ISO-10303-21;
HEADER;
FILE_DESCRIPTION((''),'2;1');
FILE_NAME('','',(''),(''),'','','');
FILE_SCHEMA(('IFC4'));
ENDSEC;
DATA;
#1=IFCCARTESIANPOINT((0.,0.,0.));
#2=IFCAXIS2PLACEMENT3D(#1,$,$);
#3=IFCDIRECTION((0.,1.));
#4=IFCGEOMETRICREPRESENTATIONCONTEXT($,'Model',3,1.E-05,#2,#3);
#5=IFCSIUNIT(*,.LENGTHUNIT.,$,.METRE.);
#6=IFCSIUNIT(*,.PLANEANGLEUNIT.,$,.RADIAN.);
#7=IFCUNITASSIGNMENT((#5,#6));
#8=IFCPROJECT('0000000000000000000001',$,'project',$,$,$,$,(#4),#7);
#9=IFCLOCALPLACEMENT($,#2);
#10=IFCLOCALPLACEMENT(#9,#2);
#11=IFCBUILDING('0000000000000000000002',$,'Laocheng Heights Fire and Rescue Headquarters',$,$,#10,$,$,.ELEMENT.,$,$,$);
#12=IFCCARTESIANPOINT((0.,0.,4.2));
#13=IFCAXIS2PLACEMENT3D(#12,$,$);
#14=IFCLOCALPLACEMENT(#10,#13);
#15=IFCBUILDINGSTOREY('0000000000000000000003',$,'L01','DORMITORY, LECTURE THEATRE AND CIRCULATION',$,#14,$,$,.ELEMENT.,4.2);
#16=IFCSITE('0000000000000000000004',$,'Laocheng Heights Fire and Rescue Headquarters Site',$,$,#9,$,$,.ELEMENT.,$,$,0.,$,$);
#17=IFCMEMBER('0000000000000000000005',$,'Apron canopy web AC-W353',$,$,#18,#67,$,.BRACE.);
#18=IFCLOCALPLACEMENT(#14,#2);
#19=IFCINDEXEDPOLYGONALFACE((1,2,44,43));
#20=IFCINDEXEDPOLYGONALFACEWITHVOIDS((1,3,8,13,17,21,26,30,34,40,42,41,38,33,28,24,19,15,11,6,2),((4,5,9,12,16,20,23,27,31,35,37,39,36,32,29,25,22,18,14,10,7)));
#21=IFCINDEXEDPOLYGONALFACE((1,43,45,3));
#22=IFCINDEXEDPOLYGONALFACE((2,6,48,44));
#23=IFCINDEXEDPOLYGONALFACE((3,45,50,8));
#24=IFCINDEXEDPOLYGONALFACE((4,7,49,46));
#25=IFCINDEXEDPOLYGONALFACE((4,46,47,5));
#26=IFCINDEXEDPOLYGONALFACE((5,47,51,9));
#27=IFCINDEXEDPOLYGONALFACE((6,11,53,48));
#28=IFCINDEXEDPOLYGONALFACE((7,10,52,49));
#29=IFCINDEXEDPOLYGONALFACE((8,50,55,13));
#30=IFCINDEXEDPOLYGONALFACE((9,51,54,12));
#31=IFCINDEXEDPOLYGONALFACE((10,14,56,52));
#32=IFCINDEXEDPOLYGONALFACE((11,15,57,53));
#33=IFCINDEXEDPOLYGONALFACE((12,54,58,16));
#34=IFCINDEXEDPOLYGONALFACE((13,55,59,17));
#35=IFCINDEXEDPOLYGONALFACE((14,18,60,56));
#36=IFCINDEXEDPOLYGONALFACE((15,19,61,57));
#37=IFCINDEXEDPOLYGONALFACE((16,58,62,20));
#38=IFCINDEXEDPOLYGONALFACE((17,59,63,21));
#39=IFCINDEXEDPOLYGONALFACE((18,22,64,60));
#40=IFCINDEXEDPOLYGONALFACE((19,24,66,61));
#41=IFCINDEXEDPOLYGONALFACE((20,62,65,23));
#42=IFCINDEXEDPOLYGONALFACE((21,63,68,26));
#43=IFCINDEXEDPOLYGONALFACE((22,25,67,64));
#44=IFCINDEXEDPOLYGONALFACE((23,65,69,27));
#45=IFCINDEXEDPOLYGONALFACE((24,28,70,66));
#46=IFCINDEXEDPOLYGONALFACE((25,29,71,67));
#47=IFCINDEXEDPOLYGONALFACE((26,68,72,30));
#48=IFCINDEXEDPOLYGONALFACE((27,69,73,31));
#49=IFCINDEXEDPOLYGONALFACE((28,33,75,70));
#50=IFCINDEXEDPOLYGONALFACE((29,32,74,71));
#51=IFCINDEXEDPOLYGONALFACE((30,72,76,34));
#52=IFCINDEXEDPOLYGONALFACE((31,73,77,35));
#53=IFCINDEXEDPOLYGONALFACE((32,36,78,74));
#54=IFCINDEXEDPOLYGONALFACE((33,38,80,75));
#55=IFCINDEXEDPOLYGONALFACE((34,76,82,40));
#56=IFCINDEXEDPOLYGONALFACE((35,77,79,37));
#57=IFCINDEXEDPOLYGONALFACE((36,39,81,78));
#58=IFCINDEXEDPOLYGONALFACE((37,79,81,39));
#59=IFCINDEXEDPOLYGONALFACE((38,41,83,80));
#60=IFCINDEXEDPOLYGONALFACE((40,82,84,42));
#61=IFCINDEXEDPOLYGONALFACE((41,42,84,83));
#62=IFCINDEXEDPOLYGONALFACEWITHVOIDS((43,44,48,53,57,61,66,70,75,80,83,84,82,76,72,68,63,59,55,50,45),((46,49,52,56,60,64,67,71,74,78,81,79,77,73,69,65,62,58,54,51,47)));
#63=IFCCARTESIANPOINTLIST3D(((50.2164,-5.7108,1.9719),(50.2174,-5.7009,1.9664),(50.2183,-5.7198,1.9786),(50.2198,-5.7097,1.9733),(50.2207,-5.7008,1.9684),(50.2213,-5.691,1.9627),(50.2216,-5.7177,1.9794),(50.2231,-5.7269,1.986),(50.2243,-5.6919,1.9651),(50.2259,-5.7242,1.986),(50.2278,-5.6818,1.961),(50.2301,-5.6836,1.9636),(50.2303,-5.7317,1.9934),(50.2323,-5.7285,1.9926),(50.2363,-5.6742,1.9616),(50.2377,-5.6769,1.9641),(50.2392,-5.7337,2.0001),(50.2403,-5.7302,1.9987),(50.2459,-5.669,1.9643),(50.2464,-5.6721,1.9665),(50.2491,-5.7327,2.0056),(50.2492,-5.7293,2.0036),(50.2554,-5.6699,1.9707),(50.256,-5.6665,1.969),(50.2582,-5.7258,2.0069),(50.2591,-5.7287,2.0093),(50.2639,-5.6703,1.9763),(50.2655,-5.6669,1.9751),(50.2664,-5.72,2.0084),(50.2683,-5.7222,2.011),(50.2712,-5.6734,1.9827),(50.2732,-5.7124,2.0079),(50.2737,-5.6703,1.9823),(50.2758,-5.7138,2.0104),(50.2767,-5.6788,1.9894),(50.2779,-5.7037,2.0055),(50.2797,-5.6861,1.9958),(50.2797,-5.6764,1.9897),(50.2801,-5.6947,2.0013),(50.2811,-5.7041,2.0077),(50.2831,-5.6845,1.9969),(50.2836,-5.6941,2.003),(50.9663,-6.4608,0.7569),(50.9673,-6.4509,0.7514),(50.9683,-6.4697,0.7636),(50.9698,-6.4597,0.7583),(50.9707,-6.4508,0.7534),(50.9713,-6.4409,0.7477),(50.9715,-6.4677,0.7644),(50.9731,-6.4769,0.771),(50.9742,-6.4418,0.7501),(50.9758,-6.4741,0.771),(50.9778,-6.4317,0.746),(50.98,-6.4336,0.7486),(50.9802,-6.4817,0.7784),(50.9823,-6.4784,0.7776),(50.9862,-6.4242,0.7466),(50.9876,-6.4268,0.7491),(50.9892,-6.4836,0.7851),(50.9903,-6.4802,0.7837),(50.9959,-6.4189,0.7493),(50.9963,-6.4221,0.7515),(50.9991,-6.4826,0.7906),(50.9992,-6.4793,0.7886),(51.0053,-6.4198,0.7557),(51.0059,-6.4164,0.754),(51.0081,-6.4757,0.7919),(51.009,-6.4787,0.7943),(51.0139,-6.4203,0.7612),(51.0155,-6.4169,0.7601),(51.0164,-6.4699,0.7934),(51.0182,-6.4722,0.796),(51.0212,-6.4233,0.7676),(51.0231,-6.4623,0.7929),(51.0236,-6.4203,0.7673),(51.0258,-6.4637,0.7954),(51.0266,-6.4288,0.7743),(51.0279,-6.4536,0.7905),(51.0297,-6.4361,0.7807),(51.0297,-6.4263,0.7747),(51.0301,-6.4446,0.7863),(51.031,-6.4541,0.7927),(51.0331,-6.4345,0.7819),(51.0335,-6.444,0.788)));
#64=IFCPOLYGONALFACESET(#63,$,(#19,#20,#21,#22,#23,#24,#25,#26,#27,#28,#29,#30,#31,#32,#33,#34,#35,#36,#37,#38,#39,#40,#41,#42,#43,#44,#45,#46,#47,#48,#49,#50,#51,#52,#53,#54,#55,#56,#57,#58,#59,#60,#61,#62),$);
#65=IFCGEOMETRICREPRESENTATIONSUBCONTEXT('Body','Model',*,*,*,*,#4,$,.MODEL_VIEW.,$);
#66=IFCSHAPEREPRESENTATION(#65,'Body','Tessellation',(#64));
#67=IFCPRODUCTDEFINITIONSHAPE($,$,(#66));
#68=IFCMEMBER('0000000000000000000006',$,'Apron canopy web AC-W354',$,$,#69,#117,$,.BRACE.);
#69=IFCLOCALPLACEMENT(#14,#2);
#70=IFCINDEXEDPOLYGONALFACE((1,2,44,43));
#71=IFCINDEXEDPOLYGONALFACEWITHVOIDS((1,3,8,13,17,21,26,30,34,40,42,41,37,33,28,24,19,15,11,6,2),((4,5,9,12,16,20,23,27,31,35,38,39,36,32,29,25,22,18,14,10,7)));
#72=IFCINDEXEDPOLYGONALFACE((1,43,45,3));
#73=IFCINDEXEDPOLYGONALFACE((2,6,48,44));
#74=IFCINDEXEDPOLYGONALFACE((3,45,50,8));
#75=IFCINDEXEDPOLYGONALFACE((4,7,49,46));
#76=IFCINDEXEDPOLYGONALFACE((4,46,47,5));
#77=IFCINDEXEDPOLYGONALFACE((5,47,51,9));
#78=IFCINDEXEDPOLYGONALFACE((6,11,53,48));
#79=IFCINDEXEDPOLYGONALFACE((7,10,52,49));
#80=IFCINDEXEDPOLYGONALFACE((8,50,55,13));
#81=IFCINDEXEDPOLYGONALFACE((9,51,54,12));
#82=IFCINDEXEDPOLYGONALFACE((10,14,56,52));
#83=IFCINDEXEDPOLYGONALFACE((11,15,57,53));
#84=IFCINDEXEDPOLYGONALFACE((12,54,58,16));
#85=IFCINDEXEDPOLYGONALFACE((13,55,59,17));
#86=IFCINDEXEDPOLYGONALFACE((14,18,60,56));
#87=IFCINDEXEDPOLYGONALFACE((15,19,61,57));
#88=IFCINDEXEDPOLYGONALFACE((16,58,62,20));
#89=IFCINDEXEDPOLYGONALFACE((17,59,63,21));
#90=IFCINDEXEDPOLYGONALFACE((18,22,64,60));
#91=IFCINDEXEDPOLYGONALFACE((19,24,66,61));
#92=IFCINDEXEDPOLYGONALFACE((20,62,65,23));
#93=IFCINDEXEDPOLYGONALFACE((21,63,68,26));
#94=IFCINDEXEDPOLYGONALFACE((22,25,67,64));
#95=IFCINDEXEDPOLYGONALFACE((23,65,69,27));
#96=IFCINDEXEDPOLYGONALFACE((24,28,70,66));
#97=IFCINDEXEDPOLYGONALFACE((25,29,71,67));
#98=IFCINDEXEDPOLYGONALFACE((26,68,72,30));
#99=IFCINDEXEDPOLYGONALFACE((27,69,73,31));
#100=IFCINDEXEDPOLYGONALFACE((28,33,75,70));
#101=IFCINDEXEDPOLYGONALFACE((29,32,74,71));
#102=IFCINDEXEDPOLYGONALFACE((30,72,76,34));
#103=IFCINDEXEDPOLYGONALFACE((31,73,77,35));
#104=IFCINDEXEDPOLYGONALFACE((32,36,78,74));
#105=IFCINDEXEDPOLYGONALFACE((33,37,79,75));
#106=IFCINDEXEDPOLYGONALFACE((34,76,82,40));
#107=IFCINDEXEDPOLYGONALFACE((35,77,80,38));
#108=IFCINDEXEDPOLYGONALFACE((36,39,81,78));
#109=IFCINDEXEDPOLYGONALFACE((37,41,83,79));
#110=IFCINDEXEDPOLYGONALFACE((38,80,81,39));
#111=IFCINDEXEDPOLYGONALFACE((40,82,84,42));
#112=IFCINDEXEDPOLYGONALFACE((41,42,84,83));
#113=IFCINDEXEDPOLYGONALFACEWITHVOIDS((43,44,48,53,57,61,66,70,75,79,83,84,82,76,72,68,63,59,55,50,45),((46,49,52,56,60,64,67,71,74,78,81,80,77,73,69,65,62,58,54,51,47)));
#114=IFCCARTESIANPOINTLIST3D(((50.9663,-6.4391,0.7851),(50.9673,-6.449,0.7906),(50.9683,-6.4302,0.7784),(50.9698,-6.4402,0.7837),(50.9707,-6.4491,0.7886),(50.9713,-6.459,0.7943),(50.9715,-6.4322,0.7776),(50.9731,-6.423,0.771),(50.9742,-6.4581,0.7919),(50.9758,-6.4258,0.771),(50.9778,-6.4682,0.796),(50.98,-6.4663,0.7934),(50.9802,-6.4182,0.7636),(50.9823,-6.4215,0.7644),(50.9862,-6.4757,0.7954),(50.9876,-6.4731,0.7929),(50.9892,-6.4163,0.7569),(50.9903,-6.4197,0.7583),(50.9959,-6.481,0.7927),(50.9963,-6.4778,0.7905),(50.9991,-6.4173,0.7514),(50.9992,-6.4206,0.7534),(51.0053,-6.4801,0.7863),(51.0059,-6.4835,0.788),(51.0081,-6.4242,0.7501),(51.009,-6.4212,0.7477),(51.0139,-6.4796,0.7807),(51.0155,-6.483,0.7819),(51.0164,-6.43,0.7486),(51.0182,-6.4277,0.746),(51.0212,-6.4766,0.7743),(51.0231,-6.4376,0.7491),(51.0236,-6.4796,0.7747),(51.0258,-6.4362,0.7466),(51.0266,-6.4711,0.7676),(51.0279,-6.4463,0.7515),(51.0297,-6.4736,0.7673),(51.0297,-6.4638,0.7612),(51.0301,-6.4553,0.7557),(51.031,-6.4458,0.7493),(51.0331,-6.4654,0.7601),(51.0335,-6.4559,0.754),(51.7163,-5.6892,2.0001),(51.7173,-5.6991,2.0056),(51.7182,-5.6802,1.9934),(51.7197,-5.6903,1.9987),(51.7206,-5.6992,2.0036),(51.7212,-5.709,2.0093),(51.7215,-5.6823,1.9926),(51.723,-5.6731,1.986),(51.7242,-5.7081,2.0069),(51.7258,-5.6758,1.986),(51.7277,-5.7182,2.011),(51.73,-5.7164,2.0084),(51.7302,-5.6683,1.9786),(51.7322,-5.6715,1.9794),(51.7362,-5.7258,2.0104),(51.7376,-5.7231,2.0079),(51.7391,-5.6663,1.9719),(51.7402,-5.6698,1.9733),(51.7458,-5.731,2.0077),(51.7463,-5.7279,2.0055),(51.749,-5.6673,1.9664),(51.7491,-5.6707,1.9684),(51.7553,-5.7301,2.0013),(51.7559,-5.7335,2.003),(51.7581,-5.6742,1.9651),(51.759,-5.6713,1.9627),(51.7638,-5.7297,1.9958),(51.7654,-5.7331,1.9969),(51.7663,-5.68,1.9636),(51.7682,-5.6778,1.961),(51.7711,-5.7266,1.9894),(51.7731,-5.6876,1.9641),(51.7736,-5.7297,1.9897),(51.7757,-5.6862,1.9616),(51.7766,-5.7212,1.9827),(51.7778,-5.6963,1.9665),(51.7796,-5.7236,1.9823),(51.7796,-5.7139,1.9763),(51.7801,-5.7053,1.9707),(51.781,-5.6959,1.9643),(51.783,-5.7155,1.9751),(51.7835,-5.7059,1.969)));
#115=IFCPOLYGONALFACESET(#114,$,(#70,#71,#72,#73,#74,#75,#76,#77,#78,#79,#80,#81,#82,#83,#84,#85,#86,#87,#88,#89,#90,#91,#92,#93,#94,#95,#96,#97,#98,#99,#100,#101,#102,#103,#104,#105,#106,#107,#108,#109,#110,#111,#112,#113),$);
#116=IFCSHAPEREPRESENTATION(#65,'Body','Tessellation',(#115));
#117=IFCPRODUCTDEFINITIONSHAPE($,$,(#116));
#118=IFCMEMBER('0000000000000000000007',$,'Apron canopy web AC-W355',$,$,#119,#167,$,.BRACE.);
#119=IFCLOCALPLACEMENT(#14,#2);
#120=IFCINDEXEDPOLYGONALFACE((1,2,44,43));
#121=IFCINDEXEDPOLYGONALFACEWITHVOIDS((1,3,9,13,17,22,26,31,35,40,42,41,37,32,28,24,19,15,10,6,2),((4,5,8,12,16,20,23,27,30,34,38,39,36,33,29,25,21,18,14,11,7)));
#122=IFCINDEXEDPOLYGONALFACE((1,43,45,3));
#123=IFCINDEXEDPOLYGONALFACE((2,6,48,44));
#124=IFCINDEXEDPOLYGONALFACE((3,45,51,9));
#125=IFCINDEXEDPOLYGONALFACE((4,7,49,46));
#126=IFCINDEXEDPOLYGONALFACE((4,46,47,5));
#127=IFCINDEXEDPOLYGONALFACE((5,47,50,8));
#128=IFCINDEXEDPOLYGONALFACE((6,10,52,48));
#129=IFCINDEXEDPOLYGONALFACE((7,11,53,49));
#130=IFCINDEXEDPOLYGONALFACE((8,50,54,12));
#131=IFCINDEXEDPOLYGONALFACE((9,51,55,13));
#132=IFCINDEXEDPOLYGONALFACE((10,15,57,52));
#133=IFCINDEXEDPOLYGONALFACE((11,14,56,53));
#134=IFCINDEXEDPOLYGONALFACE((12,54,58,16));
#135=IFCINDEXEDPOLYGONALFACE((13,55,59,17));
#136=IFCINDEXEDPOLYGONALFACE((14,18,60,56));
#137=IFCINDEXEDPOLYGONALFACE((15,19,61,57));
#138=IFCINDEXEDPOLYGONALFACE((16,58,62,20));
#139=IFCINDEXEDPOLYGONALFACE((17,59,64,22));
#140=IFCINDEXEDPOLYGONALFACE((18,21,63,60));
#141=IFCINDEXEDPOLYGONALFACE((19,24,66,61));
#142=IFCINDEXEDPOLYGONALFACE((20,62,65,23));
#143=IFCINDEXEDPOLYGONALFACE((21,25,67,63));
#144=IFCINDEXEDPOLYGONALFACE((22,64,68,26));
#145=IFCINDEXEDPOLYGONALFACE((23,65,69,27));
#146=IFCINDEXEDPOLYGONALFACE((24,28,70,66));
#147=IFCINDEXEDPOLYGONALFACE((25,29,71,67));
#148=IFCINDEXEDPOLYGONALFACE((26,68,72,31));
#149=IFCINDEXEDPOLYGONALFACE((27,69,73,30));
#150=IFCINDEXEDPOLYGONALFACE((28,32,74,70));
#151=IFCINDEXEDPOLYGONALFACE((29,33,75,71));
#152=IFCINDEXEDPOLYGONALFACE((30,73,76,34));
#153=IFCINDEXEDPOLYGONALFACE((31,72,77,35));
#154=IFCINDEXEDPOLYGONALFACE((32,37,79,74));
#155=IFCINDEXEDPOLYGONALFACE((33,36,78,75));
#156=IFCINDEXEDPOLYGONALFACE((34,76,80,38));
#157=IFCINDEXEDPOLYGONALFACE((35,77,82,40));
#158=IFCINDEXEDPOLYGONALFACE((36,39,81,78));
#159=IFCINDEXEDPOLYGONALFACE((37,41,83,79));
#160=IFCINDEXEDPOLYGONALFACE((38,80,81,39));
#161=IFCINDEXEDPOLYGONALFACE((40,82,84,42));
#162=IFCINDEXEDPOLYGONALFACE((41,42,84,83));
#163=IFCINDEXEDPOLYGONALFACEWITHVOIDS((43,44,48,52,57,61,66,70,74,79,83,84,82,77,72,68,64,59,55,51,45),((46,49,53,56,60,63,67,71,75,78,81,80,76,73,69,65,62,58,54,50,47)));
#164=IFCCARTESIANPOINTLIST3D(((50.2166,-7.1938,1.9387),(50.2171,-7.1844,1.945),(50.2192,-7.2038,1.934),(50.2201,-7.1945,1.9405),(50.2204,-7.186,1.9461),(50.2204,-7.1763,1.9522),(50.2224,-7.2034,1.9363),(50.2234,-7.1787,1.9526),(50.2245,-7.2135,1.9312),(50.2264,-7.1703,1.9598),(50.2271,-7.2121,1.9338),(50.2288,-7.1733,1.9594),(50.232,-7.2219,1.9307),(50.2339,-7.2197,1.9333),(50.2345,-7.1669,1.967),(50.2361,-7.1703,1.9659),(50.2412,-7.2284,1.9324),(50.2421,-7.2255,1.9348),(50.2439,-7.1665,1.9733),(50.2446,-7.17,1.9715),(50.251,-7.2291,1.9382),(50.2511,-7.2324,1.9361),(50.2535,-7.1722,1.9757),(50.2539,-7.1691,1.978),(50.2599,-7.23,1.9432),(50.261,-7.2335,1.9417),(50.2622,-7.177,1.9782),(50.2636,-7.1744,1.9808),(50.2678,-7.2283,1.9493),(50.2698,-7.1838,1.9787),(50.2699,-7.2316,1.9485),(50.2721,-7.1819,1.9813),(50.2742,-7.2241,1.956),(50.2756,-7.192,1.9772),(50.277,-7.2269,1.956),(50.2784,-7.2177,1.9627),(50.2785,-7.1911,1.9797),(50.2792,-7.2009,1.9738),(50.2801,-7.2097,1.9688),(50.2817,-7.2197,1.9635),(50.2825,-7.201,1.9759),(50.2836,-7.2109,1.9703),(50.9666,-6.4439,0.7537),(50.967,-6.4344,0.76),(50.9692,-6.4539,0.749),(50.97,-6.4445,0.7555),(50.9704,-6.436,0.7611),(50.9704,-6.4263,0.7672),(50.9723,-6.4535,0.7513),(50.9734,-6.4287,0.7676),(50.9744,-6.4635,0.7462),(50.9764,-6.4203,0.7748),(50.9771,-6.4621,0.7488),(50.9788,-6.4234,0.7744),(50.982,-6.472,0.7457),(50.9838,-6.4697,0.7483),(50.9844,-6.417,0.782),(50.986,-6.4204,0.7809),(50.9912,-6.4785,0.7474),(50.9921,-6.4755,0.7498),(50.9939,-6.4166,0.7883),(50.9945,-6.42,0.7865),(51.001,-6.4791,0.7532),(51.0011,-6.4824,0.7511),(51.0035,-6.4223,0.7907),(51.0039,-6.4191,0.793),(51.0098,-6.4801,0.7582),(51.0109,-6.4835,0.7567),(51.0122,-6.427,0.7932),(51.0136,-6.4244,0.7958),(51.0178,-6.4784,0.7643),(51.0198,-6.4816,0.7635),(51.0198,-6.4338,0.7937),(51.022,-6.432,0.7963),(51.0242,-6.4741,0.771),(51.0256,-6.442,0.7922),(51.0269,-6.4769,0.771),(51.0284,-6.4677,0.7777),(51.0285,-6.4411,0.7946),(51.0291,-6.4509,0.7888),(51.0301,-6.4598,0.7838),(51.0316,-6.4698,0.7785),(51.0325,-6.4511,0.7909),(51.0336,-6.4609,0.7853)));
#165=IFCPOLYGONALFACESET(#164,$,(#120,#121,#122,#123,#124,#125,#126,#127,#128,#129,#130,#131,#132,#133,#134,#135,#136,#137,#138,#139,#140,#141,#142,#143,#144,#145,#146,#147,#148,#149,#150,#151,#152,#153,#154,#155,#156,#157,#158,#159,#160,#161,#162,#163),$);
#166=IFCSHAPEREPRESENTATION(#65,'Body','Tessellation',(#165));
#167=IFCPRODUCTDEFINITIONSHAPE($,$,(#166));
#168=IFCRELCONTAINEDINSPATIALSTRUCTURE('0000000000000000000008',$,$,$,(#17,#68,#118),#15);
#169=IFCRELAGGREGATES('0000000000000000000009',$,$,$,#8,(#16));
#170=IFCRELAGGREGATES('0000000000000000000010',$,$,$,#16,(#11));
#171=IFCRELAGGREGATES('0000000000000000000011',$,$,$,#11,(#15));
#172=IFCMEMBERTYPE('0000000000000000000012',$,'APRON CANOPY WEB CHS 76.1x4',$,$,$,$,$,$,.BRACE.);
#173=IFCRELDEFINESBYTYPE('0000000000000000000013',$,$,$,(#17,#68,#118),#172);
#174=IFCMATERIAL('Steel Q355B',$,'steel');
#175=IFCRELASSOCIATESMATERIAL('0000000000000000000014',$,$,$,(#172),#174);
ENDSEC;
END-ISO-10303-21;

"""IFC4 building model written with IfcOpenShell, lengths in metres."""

from ifc_helpers import new_model, si_unit, direction, frame, origin, origin_2d, place, context, subcontext, project, spatial, hollow_circle, extrude, material, material_profile, profile_set, type_object, element, save


model = new_model("IFC4")

# Units and contexts
model_context = context("Model", 3, precision=1e-05, world=origin(), true_north=direction((0.0, 1.0)))
body_context = subcontext(model_context, "Body", "Model", "MODEL_VIEW")
ifc_project = project(units=[si_unit("LENGTHUNIT", "METRE"), si_unit("PLANEANGLEUNIT", "RADIAN")], contexts=[model_context])

# Site, building, storey
site_placement = place(None, origin())
site = spatial("IfcSite", under=ifc_project, at=site_placement, Name="Laocheng Heights Fire and Rescue Headquarters Site", CompositionType="ELEMENT", RefElevation=0.0)
building_placement = place(site_placement, origin())
building = spatial("IfcBuilding", under=site, at=building_placement, Name="Laocheng Heights Fire and Rescue Headquarters", CompositionType="ELEMENT")
storey_placement = place(building_placement, frame((0.0, 0.0, 4.2)))
storey = spatial("IfcBuildingStorey", under=building, at=storey_placement, Name="L01", Description="DORMITORY, LECTURE THEATRE AND CIRCULATION", CompositionType="ELEMENT", Elevation=4.2)

# Members
ifc_material_1 = material(Name="Steel Q355B", Category="steel")
ifc_material_profile_1 = material_profile(ifc_material_1, hollow_circle(Radius=0.0381, WallThickness=0.0039, at=origin_2d()), Name="CHS 76.1x4")
ifc_profile_set_1 = profile_set([ifc_material_profile_1], Name="Steel Q355B")
member_type_1 = type_object("IfcMemberType", Name="APRON CANOPY WEB CHS 76.1x4", PredefinedType="BRACE", material=ifc_profile_set_1)
for number, where, z_axis, x_axis, name in (
    (1, (51.0, -6.45, 0.771), (-0.465002, 0.465002, 0.753357), (-0.707107, -0.707107, 0.0), "Apron canopy web AC-W353"),
    (2, (51.0, -6.45, 0.771), (0.465002, 0.465002, 0.753357), (-0.707107, 0.707107, 0.0), "Apron canopy web AC-W354"),
):
    element("IfcMember", number, at=place(storey_placement, frame(where, z_axis=z_axis, x_axis=x_axis)), inside=storey, type_object=member_type_1, Name=name, PredefinedType="BRACE", context=body_context, shape_type="SweptSolid", body=[
        extrude(hollow_circle(Radius=0.0381, WallThickness=0.0039, at=origin_2d()), origin(), (0.0, 0.0, 1.0), 1.6128),
    ])
for number, where, z_axis, x_axis, name in (
    (3, (51.0, -6.45, 0.771), (-0.47158, -0.47158, 0.745134), (0.707107, -0.707107, 0.0), "Apron canopy web AC-W355"),
):
    element("IfcMember", number, at=place(storey_placement, frame(where, z_axis=z_axis, x_axis=x_axis)), inside=storey, type_object=member_type_1, Name=name, PredefinedType="BRACE", context=body_context, shape_type="SweptSolid", body=[
        extrude(hollow_circle(Radius=0.0381, WallThickness=0.0039, at=origin_2d()), origin(), (0.0, 0.0, 1.0), 1.5903),
    ])

save(model, "model.ifc")
